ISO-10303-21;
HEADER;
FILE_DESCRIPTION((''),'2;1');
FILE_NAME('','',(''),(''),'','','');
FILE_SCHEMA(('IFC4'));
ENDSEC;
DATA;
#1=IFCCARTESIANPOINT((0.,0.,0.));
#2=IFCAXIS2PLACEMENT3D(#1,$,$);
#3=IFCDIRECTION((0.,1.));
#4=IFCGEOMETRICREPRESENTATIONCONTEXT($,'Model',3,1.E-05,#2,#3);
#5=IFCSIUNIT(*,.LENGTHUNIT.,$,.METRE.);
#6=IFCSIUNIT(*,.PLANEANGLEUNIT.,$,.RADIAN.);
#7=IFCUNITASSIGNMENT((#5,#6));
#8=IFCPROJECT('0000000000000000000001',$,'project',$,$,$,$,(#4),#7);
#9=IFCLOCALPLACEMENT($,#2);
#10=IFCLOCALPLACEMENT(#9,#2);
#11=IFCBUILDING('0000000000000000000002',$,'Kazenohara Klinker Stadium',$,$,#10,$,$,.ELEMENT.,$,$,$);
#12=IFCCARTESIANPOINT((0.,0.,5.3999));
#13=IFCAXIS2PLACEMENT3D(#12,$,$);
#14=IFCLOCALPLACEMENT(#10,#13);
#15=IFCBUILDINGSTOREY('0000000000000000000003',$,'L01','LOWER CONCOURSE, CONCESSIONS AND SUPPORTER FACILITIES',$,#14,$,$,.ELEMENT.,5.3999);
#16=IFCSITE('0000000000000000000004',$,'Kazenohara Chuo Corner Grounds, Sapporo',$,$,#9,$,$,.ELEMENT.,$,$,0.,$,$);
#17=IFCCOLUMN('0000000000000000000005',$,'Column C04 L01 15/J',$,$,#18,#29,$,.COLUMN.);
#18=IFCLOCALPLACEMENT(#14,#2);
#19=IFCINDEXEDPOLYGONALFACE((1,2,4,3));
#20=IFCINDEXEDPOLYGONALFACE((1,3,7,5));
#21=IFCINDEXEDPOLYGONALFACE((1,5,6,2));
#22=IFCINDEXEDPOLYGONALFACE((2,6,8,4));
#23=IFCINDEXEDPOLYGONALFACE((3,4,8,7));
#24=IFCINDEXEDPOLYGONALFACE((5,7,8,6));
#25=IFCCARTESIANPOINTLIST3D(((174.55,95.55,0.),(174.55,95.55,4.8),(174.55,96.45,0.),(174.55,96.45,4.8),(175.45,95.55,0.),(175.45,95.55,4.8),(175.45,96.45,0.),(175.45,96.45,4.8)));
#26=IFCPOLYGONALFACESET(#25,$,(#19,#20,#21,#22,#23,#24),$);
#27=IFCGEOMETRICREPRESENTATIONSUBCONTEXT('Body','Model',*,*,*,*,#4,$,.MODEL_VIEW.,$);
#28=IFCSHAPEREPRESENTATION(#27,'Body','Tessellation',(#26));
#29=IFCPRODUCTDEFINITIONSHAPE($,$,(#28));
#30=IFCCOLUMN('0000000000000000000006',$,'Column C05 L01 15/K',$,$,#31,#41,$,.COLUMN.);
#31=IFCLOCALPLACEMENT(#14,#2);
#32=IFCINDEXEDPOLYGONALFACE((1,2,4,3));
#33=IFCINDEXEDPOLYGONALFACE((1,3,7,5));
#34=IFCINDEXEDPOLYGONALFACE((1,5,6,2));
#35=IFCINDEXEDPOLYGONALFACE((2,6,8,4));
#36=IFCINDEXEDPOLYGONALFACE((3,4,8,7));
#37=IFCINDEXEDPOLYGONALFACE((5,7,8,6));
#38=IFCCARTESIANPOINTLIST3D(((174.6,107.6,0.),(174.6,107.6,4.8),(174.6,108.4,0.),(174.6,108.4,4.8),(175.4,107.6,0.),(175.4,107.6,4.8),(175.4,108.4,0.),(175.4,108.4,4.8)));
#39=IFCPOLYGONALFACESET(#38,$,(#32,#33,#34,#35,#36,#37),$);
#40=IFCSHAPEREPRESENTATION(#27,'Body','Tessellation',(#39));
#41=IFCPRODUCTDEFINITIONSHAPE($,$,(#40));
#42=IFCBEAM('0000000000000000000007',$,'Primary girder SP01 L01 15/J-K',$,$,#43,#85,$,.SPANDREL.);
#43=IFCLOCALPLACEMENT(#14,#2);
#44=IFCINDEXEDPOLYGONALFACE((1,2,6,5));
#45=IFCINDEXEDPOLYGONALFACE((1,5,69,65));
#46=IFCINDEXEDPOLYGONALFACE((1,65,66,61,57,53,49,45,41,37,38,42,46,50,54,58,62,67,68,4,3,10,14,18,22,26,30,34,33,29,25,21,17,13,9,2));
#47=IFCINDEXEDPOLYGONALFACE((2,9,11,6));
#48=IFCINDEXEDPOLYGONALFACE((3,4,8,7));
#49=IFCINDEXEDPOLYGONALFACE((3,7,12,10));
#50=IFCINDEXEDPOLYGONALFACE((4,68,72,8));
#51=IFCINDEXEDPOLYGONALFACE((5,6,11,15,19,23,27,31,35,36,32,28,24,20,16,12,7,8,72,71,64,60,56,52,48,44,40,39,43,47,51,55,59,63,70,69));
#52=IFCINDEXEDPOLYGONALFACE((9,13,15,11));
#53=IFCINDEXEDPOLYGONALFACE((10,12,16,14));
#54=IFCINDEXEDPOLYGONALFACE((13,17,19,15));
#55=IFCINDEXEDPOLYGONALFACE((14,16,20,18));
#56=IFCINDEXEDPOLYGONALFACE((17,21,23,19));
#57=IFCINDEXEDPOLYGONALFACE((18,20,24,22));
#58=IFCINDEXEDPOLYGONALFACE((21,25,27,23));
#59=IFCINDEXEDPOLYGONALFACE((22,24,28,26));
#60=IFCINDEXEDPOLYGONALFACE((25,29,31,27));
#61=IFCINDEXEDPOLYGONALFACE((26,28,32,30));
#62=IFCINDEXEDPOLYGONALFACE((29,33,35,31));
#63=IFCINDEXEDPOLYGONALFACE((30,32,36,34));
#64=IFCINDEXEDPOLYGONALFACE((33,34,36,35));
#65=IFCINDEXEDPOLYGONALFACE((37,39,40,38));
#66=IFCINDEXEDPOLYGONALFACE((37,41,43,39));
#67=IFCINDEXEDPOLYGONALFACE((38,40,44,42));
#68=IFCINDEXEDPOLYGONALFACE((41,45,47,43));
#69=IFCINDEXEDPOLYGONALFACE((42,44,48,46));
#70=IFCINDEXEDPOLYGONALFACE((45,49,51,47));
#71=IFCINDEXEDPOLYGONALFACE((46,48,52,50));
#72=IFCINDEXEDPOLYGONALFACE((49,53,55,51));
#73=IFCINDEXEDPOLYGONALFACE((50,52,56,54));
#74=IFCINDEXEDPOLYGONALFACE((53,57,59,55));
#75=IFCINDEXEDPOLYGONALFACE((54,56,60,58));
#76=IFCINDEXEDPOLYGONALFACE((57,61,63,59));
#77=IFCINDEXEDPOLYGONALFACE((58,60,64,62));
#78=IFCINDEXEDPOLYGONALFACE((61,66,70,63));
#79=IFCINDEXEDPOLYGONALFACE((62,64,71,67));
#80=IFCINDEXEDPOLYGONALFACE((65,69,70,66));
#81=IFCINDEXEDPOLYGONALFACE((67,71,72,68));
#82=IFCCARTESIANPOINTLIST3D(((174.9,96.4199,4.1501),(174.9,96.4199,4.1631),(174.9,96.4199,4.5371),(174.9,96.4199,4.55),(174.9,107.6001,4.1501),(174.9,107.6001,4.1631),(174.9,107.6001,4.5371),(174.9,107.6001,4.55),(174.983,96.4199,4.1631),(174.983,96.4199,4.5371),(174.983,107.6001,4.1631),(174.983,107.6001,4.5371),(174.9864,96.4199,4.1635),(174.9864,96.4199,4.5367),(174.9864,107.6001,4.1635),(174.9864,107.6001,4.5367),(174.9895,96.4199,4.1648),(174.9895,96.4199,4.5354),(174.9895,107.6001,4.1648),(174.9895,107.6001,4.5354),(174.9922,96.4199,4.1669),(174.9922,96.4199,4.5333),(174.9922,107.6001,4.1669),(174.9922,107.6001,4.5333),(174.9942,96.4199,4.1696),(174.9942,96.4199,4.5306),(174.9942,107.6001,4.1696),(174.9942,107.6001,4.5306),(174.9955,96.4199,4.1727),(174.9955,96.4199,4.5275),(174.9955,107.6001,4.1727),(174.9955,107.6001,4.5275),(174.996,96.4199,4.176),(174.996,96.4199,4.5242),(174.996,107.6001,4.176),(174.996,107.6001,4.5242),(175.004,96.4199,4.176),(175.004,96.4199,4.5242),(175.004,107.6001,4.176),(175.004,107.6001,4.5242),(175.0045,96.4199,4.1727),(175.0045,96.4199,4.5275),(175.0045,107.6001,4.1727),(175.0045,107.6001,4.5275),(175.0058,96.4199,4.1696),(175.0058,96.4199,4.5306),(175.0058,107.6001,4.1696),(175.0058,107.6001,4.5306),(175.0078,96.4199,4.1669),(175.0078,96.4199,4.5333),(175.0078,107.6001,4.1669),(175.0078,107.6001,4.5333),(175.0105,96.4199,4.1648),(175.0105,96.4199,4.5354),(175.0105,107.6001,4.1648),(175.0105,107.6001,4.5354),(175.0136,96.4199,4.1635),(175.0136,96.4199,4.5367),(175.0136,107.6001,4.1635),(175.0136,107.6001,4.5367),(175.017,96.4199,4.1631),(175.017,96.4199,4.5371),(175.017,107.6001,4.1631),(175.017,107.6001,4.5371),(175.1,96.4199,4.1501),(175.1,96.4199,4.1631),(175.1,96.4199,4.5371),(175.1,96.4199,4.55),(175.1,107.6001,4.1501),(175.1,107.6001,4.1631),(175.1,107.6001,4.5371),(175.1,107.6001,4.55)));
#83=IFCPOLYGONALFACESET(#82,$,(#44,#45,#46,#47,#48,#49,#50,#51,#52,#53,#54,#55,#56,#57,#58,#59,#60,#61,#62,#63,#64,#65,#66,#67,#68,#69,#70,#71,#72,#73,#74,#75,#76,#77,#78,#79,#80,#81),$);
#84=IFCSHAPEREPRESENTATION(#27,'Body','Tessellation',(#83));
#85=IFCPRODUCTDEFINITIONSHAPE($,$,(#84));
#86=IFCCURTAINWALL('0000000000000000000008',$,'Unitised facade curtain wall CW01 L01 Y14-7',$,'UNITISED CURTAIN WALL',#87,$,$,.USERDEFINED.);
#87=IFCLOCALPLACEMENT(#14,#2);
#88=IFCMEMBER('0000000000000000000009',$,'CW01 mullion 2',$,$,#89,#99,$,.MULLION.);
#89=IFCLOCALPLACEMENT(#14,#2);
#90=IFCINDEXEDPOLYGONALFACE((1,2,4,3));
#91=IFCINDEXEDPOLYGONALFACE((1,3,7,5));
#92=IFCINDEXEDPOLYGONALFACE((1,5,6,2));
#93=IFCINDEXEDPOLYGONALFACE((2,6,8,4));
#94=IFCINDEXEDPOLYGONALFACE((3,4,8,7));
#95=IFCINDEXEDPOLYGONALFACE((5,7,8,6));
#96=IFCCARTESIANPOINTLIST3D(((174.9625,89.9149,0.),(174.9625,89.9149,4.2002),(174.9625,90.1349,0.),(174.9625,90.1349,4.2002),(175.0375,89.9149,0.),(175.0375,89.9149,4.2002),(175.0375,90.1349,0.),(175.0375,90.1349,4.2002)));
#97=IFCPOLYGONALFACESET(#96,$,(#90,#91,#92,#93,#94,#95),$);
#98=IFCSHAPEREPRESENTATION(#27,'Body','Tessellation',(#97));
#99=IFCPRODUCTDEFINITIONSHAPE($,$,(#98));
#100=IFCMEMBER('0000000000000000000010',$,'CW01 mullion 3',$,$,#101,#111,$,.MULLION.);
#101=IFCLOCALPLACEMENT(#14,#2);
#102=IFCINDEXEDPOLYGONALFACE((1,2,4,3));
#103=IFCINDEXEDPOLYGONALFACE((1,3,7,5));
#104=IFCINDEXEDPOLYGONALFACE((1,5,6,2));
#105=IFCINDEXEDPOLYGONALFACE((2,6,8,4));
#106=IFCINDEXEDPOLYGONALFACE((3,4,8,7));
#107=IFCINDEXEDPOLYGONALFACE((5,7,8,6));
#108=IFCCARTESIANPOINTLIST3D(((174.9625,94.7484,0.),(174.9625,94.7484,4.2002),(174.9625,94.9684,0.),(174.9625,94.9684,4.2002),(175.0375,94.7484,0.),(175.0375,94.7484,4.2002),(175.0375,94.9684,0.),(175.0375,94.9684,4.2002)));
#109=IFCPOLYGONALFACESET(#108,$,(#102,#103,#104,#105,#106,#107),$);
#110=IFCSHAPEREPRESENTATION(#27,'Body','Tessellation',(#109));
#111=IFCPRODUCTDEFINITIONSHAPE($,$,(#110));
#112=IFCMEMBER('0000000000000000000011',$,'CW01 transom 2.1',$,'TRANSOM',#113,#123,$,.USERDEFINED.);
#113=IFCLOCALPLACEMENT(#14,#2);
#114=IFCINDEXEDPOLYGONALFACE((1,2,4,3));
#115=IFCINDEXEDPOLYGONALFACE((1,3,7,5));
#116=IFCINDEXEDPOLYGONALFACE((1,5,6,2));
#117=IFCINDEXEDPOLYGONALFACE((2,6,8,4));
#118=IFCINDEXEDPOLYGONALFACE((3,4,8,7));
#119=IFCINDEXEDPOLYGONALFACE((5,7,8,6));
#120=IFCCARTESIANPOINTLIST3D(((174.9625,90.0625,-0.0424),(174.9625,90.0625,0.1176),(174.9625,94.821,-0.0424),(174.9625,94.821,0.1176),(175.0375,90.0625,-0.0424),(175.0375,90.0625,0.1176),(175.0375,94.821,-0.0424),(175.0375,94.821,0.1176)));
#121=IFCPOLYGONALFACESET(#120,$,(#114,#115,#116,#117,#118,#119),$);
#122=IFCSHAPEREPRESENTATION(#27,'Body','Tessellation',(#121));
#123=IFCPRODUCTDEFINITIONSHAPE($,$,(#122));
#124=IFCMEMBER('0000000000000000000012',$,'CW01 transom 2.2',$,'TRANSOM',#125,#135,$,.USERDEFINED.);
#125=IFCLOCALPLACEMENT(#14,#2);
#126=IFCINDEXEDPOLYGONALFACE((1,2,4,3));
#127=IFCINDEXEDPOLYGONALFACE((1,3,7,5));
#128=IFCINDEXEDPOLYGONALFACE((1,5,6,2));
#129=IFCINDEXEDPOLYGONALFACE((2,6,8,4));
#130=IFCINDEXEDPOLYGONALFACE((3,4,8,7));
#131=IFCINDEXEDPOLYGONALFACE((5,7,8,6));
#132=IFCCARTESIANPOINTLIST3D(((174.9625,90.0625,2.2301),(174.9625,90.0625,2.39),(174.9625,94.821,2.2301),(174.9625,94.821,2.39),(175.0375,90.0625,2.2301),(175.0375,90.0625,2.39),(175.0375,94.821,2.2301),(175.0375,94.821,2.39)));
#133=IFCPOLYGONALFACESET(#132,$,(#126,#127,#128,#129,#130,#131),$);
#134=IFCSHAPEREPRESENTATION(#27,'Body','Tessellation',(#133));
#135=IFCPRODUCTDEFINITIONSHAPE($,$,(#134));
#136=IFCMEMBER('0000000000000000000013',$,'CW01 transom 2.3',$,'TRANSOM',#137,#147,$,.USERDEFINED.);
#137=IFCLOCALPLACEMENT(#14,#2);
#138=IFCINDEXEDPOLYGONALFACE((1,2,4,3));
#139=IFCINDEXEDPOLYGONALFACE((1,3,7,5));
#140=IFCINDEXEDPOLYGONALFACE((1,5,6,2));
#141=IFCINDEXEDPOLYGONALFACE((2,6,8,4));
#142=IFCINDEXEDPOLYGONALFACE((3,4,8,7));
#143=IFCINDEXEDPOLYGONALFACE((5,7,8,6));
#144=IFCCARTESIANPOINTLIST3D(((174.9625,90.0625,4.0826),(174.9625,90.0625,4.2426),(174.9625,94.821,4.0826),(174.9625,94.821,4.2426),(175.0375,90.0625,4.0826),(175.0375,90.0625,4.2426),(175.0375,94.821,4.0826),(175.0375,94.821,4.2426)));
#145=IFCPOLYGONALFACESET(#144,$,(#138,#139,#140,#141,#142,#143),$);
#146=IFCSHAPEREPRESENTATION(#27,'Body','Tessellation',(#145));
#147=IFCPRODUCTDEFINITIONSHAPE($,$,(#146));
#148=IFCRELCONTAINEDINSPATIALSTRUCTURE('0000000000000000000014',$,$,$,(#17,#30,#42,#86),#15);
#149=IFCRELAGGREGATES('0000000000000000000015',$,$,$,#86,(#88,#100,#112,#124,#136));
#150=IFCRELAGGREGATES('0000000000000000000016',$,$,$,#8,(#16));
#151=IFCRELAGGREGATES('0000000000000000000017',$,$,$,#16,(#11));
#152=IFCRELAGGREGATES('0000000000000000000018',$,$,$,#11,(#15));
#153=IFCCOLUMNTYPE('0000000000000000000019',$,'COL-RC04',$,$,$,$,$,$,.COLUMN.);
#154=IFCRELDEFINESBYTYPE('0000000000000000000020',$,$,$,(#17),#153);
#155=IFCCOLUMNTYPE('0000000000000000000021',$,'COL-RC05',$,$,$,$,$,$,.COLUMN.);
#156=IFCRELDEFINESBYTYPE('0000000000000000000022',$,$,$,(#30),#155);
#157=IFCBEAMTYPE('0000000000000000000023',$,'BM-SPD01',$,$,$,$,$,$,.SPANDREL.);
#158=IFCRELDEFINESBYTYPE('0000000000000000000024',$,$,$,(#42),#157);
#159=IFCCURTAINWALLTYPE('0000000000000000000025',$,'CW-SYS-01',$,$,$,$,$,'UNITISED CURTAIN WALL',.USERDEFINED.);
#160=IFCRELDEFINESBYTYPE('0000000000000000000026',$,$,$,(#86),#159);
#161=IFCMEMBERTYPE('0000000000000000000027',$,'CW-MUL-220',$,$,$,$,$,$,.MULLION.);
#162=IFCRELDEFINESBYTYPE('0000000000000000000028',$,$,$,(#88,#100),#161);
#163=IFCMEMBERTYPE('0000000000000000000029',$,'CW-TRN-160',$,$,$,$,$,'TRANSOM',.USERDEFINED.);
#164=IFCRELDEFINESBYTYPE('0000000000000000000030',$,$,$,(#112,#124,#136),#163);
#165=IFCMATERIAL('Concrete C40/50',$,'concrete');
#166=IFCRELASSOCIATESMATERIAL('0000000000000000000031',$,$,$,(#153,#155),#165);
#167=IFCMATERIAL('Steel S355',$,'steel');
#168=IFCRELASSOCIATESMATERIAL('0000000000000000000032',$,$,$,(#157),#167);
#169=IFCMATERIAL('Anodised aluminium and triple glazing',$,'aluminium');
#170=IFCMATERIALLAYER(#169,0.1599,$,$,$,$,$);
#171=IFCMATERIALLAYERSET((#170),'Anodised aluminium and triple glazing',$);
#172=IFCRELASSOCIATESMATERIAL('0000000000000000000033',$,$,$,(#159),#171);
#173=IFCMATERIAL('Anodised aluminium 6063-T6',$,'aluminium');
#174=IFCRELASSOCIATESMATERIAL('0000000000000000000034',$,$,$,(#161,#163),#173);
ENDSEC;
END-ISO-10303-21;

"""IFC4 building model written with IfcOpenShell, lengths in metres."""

from ifc_helpers import new_model, si_unit, direction, frame, origin, origin_2d, place, context, subcontext, project, spatial, rectangle, i_section, extrude, material, layer, layer_set, material_profile, profile_set, type_object, element, aggregate, save


model = new_model("IFC4")

# Units and contexts
model_context = context("Model", 3, precision=1e-05, world=origin(), true_north=direction((0.0, 1.0)))
body_context = subcontext(model_context, "Body", "Model", "MODEL_VIEW")
ifc_project = project(units=[si_unit("LENGTHUNIT", "METRE"), si_unit("PLANEANGLEUNIT", "RADIAN")], contexts=[model_context])

# Site, building, storey
site_placement = place(None, origin())
site = spatial("IfcSite", under=ifc_project, at=site_placement, Name="Kazenohara Chuo Corner Grounds, Sapporo", CompositionType="ELEMENT", RefElevation=0.0)
building_placement = place(site_placement, origin())
building = spatial("IfcBuilding", under=site, at=building_placement, Name="Kazenohara Klinker Stadium", CompositionType="ELEMENT")
storey_placement = place(building_placement, frame((0.0, 0.0, 5.3999)))
storey = spatial("IfcBuildingStorey", under=building, at=storey_placement, Name="L01", Description="LOWER CONCOURSE, CONCESSIONS AND SUPPORTER FACILITIES", CompositionType="ELEMENT", Elevation=5.3999)

# Columns
ifc_material_1 = material(Name="Concrete C40/50", Category="concrete")
ifc_material_profile_1 = material_profile(ifc_material_1, rectangle(XDim=0.8999, YDim=0.8999, at=origin_2d()), Name="RC-COL-900x900")
ifc_profile_set_1 = profile_set([ifc_material_profile_1], Name="Concrete C40/50")
column_type_1 = type_object("IfcColumnType", Name="COL-RC04", PredefinedType="COLUMN", material=ifc_profile_set_1)
column_1_placement = place(storey_placement, frame((175.0, 96.0, 0.0), z_axis=(0.0, 0.0, 1.0), x_axis=(1.0, 0.0, 0.0)))
element("IfcColumn", 1, at=column_1_placement, inside=storey, type_object=column_type_1, Name="Column C04 L01 15/J", PredefinedType="COLUMN", context=body_context, shape_type="SweptSolid", body=[
    extrude(rectangle(XDim=0.8999, YDim=0.8999, at=origin_2d()), origin(), (0.0, 0.0, 1.0), 4.8),
])
ifc_material_profile_2 = material_profile(ifc_material_1, rectangle(XDim=0.8, YDim=0.8, at=origin_2d()), Name="RC-COL-800x800")
ifc_profile_set_2 = profile_set([ifc_material_profile_2], Name="Concrete C40/50")
column_type_2 = type_object("IfcColumnType", Name="COL-RC05", PredefinedType="COLUMN", material=ifc_profile_set_2)
column_2_placement = place(storey_placement, frame((175.0, 108.0, 0.0), z_axis=(0.0, 0.0, 1.0), x_axis=(1.0, 0.0, 0.0)))
element("IfcColumn", 2, at=column_2_placement, inside=storey, type_object=column_type_2, Name="Column C05 L01 15/K", PredefinedType="COLUMN", context=body_context, shape_type="SweptSolid", body=[
    extrude(rectangle(XDim=0.8, YDim=0.8, at=origin_2d()), origin(), (0.0, 0.0, 1.0), 4.8),
])

# Beam
ifc_material_2 = material(Name="Steel S355", Category="steel")
ifc_material_profile_3 = material_profile(ifc_material_2, i_section(OverallWidth=0.2, OverallDepth=0.3999, WebThickness=0.0081, FlangeThickness=0.0129, FilletRadius=0.0129, at=origin_2d()), Name="H-400x200x8x13")
ifc_profile_set_3 = profile_set([ifc_material_profile_3], Name="Steel S355")
beam_type_1 = type_object("IfcBeamType", Name="BM-SPD01", PredefinedType="SPANDREL", material=ifc_profile_set_3)
beam_placement = place(storey_placement, frame((175.0, 96.4199, 4.3501), z_axis=(0.0, 1.0, 0.0), x_axis=(-1.0, 0.0, 0.0)))
element("IfcBeam", 3, at=beam_placement, inside=storey, type_object=beam_type_1, Name="Primary girder SP01 L01 15/J-K", PredefinedType="SPANDREL", context=body_context, shape_type="SweptSolid", body=[
    extrude(i_section(OverallWidth=0.2, OverallDepth=0.3999, WebThickness=0.0081, FlangeThickness=0.0129, FilletRadius=0.0129, at=origin_2d()), origin(), (0.0, 0.0, 1.0), 11.1802),
])

# Curtain wall, members
ifc_material_3 = material(Name="Anodised aluminium and triple glazing", Category="aluminium")
ifc_layer_1 = layer(ifc_material_3, 0.1599)
ifc_layer_set_1 = layer_set([ifc_layer_1], Name="Anodised aluminium and triple glazing")
curtain_wall_type = type_object("IfcCurtainWallType", Name="CW-SYS-01", ElementType="UNITISED CURTAIN WALL", PredefinedType="USERDEFINED", material=ifc_layer_set_1)
curtain_wall_placement = place(storey_placement, origin())
curtain_wall = element("IfcCurtainWall", 4, at=curtain_wall_placement, inside=storey, type_object=curtain_wall_type, Name="Unitised facade curtain wall CW01 L01 Y14-7", ObjectType="UNITISED CURTAIN WALL", PredefinedType="USERDEFINED")
ifc_material_4 = material(Name="Anodised aluminium 6063-T6", Category="aluminium")
ifc_material_profile_4 = material_profile(ifc_material_4, rectangle(XDim=0.075, YDim=0.22, at=origin_2d()), Name="ALU-MUL-75x220")
ifc_profile_set_4 = profile_set([ifc_material_profile_4], Name="Anodised aluminium 6063-T6")
member_type_1 = type_object("IfcMemberType", Name="CW-MUL-220", PredefinedType="MULLION", material=ifc_profile_set_4)
member_1_placement = place(storey_placement, frame((175.0, 90.0249, 0.0), z_axis=(0.0, 0.0, 1.0), x_axis=(-1.0, 0.0, 0.0)))
member_1 = element("IfcMember", 5, at=member_1_placement, type_object=member_type_1, Name="CW01 mullion 2", PredefinedType="MULLION", context=body_context, shape_type="SweptSolid", body=[
    extrude(rectangle(XDim=0.075, YDim=0.22, at=origin_2d()), origin(), (0.0, 0.0, 1.0), 4.2002),
])
member_2_placement = place(storey_placement, frame((175.0, 94.8584, 0.0), z_axis=(0.0, 0.0, 1.0), x_axis=(-1.0, 0.0, 0.0)))
member_2 = element("IfcMember", 6, at=member_2_placement, type_object=member_type_1, Name="CW01 mullion 3", PredefinedType="MULLION", context=body_context, shape_type="SweptSolid", body=[
    extrude(rectangle(XDim=0.075, YDim=0.22, at=origin_2d()), origin(), (0.0, 0.0, 1.0), 4.2002),
])
ifc_material_profile_5 = material_profile(ifc_material_4, rectangle(XDim=0.075, YDim=0.1599, at=origin_2d()), Name="ALU-TRN-75x160")
ifc_profile_set_5 = profile_set([ifc_material_profile_5], Name="Anodised aluminium 6063-T6")
member_type_2 = type_object("IfcMemberType", Name="CW-TRN-160", ElementType="TRANSOM", PredefinedType="USERDEFINED", material=ifc_profile_set_5)
member_3_placement = place(storey_placement, frame((175.0, 90.0625, 0.0376), z_axis=(0.0, 1.0, 0.0), x_axis=(-1.0, 0.0, 0.0)))
member_3 = element("IfcMember", 7, at=member_3_placement, type_object=member_type_2, Name="CW01 transom 2.1", ObjectType="TRANSOM", PredefinedType="USERDEFINED", context=body_context, shape_type="SweptSolid", body=[
    extrude(rectangle(XDim=0.075, YDim=0.1599, at=origin_2d()), origin(), (0.0, 0.0, 1.0), 4.7585),
])
member_4_placement = place(storey_placement, frame((175.0, 90.0625, 2.3101), z_axis=(0.0, 1.0, 0.0), x_axis=(-1.0, 0.0, 0.0)))
member_4 = element("IfcMember", 8, at=member_4_placement, type_object=member_type_2, Name="CW01 transom 2.2", ObjectType="TRANSOM", PredefinedType="USERDEFINED", context=body_context, shape_type="SweptSolid", body=[
    extrude(rectangle(XDim=0.075, YDim=0.1599, at=origin_2d()), origin(), (0.0, 0.0, 1.0), 4.7585),
])
member_5_placement = place(storey_placement, frame((175.0, 90.0625, 4.1626), z_axis=(0.0, 1.0, 0.0), x_axis=(-1.0, 0.0, 0.0)))
member_5 = element("IfcMember", 9, at=member_5_placement, type_object=member_type_2, Name="CW01 transom 2.3", ObjectType="TRANSOM", PredefinedType="USERDEFINED", context=body_context, shape_type="SweptSolid", body=[
    extrude(rectangle(XDim=0.075, YDim=0.1599, at=origin_2d()), origin(), (0.0, 0.0, 1.0), 4.7585),
])

aggregate(curtain_wall, [member_1, member_2, member_3, member_4, member_5])

save(model, "model.ifc")
